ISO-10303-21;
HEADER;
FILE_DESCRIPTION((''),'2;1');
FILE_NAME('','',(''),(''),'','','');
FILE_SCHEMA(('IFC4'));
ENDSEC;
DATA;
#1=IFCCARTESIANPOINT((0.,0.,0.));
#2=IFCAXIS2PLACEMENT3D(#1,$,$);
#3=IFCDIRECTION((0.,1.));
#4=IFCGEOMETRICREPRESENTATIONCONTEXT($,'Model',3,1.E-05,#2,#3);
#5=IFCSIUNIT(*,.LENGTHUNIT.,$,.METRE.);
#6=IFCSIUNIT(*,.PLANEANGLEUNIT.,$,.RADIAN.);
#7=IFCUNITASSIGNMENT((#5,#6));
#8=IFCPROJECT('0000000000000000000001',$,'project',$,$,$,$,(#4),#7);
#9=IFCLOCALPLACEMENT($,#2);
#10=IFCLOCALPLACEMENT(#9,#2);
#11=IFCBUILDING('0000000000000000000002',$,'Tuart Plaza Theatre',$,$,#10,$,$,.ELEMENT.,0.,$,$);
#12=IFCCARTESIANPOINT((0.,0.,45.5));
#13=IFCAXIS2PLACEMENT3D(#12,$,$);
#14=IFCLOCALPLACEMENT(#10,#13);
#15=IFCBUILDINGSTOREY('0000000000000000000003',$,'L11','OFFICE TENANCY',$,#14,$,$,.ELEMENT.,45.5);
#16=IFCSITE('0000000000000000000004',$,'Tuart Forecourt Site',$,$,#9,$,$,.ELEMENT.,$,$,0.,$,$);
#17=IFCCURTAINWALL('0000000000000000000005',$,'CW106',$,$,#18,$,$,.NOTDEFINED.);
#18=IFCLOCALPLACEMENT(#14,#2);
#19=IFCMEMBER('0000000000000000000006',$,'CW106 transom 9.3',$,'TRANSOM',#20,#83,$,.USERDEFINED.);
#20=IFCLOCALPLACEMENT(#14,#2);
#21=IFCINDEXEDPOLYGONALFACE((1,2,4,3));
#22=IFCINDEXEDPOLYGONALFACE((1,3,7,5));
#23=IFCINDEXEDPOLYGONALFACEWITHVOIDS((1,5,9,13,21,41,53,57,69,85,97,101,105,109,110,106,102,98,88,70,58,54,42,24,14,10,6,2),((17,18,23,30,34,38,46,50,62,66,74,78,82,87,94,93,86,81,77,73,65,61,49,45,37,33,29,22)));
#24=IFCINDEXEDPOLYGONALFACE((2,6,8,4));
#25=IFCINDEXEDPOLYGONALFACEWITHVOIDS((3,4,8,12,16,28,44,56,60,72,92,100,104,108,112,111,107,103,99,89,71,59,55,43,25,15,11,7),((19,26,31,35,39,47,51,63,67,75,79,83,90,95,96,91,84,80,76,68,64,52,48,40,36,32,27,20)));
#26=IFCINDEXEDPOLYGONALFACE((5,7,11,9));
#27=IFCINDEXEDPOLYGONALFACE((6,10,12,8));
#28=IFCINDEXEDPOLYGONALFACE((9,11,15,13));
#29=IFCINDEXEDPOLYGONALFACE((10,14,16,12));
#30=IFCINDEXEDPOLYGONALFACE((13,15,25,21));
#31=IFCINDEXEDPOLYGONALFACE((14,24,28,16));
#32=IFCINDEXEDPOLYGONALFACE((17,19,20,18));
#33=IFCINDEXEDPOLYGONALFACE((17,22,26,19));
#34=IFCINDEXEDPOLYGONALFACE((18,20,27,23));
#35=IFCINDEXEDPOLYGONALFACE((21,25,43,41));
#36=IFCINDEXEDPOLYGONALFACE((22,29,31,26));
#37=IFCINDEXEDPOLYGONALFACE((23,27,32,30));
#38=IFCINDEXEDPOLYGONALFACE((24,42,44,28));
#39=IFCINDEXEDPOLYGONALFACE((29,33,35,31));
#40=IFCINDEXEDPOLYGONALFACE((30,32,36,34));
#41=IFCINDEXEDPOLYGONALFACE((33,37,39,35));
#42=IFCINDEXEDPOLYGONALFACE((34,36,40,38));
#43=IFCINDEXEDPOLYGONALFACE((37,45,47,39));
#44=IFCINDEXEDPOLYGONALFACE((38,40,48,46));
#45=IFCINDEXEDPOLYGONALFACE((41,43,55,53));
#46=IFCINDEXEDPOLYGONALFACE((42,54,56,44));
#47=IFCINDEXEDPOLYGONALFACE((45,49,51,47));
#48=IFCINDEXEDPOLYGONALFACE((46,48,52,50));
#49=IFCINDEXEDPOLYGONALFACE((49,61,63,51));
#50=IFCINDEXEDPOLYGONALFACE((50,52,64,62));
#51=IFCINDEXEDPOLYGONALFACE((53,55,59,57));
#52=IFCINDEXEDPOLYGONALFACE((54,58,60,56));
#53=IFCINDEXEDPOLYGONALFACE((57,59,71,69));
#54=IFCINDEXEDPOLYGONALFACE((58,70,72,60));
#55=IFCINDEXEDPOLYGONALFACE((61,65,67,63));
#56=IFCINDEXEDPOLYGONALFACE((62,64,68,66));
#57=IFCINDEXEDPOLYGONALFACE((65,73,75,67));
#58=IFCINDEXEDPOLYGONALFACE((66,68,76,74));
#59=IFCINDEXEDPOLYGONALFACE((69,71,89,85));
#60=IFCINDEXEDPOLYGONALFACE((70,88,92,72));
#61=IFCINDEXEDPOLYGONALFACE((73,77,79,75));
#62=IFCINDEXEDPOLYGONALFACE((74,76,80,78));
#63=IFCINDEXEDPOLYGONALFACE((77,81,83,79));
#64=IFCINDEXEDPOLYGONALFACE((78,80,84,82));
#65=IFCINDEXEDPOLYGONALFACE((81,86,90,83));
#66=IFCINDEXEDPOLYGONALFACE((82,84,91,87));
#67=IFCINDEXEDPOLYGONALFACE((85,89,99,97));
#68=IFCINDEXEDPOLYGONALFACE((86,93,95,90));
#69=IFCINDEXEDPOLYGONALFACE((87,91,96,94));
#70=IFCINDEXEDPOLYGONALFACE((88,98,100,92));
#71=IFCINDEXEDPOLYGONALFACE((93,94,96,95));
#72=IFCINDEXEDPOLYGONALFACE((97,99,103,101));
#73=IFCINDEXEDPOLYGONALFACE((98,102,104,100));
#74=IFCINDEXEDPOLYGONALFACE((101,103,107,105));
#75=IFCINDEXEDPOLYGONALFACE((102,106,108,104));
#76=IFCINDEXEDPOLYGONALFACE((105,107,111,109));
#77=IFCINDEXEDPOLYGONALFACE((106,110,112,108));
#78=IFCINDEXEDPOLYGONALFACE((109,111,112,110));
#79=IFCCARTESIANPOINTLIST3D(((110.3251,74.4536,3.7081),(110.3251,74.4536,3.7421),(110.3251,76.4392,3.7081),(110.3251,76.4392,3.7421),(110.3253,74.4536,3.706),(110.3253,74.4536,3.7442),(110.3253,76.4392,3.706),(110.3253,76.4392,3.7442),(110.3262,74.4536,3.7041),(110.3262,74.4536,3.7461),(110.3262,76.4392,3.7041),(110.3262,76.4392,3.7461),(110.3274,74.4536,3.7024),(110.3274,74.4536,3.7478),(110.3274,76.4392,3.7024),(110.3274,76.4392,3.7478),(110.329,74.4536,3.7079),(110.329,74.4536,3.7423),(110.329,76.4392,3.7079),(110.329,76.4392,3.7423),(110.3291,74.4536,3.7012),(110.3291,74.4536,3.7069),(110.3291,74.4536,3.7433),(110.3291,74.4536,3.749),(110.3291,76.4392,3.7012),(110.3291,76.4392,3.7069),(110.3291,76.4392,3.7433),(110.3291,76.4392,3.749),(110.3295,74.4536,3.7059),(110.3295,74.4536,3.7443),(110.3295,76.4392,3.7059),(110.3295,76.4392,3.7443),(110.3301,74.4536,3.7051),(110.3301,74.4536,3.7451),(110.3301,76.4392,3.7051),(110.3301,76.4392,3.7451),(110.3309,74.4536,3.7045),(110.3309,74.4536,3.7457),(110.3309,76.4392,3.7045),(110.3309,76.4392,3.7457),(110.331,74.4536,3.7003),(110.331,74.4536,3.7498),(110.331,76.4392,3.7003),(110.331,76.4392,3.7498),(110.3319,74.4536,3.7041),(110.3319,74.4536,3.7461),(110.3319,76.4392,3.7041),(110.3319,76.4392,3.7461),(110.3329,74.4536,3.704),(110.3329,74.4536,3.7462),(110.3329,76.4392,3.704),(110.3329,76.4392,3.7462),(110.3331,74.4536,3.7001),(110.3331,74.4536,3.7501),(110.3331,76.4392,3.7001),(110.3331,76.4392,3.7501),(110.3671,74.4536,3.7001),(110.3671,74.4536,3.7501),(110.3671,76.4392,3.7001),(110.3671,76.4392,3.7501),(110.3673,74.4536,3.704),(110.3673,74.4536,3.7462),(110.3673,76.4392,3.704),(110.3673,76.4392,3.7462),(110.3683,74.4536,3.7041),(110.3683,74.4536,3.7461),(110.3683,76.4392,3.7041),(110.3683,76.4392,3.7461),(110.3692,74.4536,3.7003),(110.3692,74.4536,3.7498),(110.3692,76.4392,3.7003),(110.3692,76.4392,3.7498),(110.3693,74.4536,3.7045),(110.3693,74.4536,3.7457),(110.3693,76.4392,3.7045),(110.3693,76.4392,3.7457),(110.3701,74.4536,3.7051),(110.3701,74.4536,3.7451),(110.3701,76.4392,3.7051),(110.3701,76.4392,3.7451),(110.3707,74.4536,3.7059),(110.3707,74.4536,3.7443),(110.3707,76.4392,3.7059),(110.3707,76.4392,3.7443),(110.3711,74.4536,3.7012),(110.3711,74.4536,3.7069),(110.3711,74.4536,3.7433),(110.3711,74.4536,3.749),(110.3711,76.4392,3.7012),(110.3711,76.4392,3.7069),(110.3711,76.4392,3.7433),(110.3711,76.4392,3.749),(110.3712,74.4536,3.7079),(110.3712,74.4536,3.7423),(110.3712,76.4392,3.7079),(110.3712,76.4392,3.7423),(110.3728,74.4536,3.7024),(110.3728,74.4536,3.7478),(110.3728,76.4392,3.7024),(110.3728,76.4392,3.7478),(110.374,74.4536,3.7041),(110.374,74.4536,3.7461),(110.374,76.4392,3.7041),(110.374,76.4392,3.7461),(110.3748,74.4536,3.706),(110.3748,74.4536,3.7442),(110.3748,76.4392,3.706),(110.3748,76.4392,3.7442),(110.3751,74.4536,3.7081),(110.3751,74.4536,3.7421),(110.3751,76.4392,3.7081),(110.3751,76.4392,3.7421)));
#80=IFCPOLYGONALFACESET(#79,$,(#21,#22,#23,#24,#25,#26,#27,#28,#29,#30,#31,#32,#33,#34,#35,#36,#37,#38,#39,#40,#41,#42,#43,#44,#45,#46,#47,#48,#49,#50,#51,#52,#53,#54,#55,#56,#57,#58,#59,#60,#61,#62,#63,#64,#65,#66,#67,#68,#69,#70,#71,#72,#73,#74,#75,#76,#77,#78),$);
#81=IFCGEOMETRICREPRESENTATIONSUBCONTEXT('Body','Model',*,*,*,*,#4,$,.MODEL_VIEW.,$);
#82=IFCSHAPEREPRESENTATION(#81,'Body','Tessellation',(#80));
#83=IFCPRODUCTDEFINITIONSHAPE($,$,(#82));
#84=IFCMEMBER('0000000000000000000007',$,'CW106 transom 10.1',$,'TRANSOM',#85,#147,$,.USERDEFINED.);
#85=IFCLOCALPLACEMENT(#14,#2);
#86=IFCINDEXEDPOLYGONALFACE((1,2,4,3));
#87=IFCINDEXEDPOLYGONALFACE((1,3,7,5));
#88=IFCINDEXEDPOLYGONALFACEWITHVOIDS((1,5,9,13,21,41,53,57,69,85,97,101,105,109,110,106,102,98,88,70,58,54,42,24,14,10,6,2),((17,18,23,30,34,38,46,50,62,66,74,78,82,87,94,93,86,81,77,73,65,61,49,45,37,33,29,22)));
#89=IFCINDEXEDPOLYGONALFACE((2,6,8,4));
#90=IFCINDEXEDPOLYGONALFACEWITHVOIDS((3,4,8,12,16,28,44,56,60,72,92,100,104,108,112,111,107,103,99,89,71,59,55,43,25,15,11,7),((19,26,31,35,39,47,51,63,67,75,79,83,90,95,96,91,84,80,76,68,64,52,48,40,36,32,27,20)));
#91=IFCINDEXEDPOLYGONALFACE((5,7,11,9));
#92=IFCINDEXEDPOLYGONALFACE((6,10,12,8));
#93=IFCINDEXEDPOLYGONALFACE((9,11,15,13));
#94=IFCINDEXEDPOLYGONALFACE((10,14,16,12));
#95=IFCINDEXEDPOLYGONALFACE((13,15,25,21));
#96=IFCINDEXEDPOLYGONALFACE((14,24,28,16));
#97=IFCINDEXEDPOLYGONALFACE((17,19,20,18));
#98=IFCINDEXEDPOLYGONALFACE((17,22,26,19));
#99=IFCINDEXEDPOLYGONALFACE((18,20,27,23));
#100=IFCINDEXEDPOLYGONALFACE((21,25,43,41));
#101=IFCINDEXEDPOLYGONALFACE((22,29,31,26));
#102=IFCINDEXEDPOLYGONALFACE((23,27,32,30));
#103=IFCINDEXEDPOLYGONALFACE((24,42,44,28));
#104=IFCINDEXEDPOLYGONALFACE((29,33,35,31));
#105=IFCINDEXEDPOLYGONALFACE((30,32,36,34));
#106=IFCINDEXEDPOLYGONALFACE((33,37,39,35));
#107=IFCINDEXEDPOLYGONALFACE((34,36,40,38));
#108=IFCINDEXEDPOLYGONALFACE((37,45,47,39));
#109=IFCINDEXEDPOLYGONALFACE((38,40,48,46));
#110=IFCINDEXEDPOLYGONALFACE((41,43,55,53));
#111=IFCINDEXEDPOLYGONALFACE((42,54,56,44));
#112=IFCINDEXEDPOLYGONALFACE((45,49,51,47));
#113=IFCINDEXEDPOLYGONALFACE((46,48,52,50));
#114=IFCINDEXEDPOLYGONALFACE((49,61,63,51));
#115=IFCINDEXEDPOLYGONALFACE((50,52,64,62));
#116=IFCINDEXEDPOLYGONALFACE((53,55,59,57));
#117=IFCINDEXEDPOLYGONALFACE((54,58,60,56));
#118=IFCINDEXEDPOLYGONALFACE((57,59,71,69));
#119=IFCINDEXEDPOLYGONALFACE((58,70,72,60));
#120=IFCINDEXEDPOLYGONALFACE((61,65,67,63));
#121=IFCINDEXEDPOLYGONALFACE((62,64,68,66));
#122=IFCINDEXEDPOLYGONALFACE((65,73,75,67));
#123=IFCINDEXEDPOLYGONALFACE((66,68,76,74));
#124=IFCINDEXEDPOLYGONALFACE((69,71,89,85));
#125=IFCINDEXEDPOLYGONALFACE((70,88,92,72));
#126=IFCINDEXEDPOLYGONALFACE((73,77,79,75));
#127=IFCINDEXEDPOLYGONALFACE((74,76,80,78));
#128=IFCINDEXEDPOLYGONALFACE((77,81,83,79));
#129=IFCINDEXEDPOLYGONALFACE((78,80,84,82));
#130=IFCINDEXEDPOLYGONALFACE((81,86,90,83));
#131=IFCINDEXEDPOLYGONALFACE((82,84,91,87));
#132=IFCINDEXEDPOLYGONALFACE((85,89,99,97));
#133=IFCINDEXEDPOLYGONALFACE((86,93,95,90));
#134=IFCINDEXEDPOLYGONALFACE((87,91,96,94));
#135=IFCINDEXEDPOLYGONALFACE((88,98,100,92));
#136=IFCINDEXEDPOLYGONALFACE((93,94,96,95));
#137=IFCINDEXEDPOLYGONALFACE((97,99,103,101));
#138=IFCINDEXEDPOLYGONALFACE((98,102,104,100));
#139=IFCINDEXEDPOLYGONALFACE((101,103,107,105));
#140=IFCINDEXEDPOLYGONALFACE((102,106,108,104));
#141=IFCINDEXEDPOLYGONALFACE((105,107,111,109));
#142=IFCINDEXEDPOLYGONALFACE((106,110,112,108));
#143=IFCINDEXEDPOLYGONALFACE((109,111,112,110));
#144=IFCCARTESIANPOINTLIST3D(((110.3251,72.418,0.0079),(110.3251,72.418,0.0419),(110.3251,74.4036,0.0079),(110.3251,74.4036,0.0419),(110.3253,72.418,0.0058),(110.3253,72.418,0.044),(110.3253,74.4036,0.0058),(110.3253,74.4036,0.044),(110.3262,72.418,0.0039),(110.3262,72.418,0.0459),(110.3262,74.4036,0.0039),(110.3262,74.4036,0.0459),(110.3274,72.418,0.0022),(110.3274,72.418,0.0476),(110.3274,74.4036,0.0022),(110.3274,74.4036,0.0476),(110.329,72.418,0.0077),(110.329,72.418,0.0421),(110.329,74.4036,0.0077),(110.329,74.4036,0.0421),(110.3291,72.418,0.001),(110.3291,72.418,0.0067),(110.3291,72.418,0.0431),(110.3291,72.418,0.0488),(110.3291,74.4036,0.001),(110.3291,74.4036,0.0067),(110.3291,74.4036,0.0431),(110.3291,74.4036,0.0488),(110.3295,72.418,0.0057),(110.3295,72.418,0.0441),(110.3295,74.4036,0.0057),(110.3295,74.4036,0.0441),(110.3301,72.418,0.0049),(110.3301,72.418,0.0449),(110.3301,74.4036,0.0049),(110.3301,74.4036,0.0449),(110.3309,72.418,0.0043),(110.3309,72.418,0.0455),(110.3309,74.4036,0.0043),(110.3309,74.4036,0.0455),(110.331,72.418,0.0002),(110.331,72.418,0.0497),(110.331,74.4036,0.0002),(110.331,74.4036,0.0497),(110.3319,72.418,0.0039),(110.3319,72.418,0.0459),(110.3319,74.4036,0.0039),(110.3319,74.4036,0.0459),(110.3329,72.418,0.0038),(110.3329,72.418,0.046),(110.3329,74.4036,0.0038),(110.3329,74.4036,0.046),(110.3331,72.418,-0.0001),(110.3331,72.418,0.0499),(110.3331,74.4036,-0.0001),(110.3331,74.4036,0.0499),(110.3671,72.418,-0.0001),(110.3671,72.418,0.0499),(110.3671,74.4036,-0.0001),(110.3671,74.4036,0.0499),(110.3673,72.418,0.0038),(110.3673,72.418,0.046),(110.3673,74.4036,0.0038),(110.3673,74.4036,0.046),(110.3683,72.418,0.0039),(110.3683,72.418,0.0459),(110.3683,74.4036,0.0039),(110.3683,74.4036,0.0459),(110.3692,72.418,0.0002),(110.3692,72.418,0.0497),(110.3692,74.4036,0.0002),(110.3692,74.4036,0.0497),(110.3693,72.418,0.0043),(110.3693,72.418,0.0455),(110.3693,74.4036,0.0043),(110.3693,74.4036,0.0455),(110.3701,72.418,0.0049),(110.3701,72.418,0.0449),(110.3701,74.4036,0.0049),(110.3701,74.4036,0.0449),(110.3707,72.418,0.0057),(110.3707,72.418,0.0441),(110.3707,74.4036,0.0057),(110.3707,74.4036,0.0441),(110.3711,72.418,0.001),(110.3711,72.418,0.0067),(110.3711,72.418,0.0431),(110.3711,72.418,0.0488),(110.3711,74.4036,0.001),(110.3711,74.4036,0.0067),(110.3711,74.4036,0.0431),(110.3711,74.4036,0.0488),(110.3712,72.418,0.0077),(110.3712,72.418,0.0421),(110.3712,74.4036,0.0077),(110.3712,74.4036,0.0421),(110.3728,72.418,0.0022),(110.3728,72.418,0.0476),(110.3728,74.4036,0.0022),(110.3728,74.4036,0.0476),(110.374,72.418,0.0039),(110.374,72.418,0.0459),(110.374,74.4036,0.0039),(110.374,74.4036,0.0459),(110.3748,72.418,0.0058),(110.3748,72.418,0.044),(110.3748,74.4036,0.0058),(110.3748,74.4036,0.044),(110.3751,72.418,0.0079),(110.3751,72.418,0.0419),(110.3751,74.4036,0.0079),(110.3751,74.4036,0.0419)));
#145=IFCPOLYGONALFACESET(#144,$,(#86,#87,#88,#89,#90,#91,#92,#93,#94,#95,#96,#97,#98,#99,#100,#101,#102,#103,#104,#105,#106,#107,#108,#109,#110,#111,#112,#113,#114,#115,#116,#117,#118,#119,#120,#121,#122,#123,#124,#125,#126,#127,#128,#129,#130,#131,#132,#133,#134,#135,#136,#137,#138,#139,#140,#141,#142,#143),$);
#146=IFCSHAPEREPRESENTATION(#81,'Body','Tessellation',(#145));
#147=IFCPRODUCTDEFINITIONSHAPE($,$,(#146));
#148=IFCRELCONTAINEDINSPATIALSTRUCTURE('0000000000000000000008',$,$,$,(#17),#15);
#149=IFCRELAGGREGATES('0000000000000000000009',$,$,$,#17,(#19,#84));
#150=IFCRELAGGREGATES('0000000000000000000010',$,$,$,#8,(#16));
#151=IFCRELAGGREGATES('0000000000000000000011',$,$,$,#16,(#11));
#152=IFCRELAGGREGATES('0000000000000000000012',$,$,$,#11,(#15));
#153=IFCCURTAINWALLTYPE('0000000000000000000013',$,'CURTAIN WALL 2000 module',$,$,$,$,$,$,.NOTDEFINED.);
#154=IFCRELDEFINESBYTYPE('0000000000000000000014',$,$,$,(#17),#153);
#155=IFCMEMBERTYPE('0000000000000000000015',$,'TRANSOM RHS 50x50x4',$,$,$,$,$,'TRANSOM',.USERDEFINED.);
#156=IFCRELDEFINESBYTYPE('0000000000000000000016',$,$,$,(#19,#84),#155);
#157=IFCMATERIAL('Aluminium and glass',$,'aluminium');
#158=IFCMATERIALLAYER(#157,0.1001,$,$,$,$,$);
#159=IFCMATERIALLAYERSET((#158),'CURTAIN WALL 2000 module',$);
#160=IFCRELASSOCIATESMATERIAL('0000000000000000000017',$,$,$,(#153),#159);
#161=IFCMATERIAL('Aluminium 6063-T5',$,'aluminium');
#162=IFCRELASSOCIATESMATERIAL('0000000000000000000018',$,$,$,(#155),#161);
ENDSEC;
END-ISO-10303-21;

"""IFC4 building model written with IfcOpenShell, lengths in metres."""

from ifc_helpers import new_model, si_unit, direction, frame, origin, origin_2d, place, context, subcontext, project, spatial, hollow_rectangle, extrude, material, layer, layer_set, material_profile, profile_set, type_object, element, aggregate, save


model = new_model("IFC4")

# Units and contexts
model_context = context("Model", 3, precision=1e-05, world=origin(), true_north=direction((0.0, 1.0)))
body_context = subcontext(model_context, "Body", "Model", "MODEL_VIEW")
ifc_project = project(units=[si_unit("LENGTHUNIT", "METRE"), si_unit("PLANEANGLEUNIT", "RADIAN")], contexts=[model_context])

# Site, building, storey
site_placement = place(None, origin())
site = spatial("IfcSite", under=ifc_project, at=site_placement, Name="Tuart Forecourt Site", CompositionType="ELEMENT", RefElevation=0.0)
building_placement = place(site_placement, origin())
building = spatial("IfcBuilding", under=site, at=building_placement, Name="Tuart Plaza Theatre", CompositionType="ELEMENT", ElevationOfRefHeight=0.0)
storey_placement = place(building_placement, frame((0.0, 0.0, 45.5)))
storey = spatial("IfcBuildingStorey", under=building, at=storey_placement, Name="L11", Description="OFFICE TENANCY", CompositionType="ELEMENT", Elevation=45.5)

# Curtain wall, members
ifc_material_1 = material(Name="Aluminium and glass", Category="aluminium")
ifc_layer_1 = layer(ifc_material_1, 0.1001)
ifc_layer_set_1 = layer_set([ifc_layer_1], Name="CURTAIN WALL 2000 module")
curtain_wall_type = type_object("IfcCurtainWallType", Name="CURTAIN WALL 2000 module", PredefinedType="NOTDEFINED", material=ifc_layer_set_1)
curtain_wall_placement = place(storey_placement, origin())
curtain_wall = element("IfcCurtainWall", 1, at=curtain_wall_placement, inside=storey, type_object=curtain_wall_type, Name="CW106", PredefinedType="NOTDEFINED")
ifc_material_2 = material(Name="Aluminium 6063-T5", Category="aluminium")
ifc_material_profile = material_profile(ifc_material_2, hollow_rectangle(XDim=0.05, YDim=0.05, WallThickness=0.0039, InnerFilletRadius=0.0039, OuterFilletRadius=0.0081, at=origin_2d()), Name="RHS 50x50x4")
ifc_profile_set = profile_set([ifc_material_profile], Name="Aluminium 6063-T5")
member_type = type_object("IfcMemberType", Name="TRANSOM RHS 50x50x4", ElementType="TRANSOM", PredefinedType="USERDEFINED", material=ifc_profile_set)
member_1_placement = place(storey_placement, frame((110.3501, 76.4392, 3.7251), z_axis=(0.0, -1.0, 0.0), x_axis=(1.0, 0.0, 0.0)))
member_1 = element("IfcMember", 2, at=member_1_placement, type_object=member_type, Name="CW106 transom 9.3", ObjectType="TRANSOM", PredefinedType="USERDEFINED", context=body_context, shape_type="SweptSolid", body=[
    extrude(hollow_rectangle(XDim=0.05, YDim=0.05, WallThickness=0.0039, InnerFilletRadius=0.0039, OuterFilletRadius=0.0081, at=origin_2d()), origin(), (0.0, 0.0, 1.0), 1.9856),
])
member_2_placement = place(storey_placement, frame((110.3501, 74.4036, 0.0249), z_axis=(0.0, -1.0, 0.0), x_axis=(1.0, 0.0, 0.0)))
member_2 = element("IfcMember", 3, at=member_2_placement, type_object=member_type, Name="CW106 transom 10.1", ObjectType="TRANSOM", PredefinedType="USERDEFINED", context=body_context, shape_type="SweptSolid", body=[
    extrude(hollow_rectangle(XDim=0.05, YDim=0.05, WallThickness=0.0039, InnerFilletRadius=0.0039, OuterFilletRadius=0.0081, at=origin_2d()), origin(), (0.0, 0.0, 1.0), 1.9856),
])
aggregate(curtain_wall, [member_1, member_2])

save(model, "model.ifc")
